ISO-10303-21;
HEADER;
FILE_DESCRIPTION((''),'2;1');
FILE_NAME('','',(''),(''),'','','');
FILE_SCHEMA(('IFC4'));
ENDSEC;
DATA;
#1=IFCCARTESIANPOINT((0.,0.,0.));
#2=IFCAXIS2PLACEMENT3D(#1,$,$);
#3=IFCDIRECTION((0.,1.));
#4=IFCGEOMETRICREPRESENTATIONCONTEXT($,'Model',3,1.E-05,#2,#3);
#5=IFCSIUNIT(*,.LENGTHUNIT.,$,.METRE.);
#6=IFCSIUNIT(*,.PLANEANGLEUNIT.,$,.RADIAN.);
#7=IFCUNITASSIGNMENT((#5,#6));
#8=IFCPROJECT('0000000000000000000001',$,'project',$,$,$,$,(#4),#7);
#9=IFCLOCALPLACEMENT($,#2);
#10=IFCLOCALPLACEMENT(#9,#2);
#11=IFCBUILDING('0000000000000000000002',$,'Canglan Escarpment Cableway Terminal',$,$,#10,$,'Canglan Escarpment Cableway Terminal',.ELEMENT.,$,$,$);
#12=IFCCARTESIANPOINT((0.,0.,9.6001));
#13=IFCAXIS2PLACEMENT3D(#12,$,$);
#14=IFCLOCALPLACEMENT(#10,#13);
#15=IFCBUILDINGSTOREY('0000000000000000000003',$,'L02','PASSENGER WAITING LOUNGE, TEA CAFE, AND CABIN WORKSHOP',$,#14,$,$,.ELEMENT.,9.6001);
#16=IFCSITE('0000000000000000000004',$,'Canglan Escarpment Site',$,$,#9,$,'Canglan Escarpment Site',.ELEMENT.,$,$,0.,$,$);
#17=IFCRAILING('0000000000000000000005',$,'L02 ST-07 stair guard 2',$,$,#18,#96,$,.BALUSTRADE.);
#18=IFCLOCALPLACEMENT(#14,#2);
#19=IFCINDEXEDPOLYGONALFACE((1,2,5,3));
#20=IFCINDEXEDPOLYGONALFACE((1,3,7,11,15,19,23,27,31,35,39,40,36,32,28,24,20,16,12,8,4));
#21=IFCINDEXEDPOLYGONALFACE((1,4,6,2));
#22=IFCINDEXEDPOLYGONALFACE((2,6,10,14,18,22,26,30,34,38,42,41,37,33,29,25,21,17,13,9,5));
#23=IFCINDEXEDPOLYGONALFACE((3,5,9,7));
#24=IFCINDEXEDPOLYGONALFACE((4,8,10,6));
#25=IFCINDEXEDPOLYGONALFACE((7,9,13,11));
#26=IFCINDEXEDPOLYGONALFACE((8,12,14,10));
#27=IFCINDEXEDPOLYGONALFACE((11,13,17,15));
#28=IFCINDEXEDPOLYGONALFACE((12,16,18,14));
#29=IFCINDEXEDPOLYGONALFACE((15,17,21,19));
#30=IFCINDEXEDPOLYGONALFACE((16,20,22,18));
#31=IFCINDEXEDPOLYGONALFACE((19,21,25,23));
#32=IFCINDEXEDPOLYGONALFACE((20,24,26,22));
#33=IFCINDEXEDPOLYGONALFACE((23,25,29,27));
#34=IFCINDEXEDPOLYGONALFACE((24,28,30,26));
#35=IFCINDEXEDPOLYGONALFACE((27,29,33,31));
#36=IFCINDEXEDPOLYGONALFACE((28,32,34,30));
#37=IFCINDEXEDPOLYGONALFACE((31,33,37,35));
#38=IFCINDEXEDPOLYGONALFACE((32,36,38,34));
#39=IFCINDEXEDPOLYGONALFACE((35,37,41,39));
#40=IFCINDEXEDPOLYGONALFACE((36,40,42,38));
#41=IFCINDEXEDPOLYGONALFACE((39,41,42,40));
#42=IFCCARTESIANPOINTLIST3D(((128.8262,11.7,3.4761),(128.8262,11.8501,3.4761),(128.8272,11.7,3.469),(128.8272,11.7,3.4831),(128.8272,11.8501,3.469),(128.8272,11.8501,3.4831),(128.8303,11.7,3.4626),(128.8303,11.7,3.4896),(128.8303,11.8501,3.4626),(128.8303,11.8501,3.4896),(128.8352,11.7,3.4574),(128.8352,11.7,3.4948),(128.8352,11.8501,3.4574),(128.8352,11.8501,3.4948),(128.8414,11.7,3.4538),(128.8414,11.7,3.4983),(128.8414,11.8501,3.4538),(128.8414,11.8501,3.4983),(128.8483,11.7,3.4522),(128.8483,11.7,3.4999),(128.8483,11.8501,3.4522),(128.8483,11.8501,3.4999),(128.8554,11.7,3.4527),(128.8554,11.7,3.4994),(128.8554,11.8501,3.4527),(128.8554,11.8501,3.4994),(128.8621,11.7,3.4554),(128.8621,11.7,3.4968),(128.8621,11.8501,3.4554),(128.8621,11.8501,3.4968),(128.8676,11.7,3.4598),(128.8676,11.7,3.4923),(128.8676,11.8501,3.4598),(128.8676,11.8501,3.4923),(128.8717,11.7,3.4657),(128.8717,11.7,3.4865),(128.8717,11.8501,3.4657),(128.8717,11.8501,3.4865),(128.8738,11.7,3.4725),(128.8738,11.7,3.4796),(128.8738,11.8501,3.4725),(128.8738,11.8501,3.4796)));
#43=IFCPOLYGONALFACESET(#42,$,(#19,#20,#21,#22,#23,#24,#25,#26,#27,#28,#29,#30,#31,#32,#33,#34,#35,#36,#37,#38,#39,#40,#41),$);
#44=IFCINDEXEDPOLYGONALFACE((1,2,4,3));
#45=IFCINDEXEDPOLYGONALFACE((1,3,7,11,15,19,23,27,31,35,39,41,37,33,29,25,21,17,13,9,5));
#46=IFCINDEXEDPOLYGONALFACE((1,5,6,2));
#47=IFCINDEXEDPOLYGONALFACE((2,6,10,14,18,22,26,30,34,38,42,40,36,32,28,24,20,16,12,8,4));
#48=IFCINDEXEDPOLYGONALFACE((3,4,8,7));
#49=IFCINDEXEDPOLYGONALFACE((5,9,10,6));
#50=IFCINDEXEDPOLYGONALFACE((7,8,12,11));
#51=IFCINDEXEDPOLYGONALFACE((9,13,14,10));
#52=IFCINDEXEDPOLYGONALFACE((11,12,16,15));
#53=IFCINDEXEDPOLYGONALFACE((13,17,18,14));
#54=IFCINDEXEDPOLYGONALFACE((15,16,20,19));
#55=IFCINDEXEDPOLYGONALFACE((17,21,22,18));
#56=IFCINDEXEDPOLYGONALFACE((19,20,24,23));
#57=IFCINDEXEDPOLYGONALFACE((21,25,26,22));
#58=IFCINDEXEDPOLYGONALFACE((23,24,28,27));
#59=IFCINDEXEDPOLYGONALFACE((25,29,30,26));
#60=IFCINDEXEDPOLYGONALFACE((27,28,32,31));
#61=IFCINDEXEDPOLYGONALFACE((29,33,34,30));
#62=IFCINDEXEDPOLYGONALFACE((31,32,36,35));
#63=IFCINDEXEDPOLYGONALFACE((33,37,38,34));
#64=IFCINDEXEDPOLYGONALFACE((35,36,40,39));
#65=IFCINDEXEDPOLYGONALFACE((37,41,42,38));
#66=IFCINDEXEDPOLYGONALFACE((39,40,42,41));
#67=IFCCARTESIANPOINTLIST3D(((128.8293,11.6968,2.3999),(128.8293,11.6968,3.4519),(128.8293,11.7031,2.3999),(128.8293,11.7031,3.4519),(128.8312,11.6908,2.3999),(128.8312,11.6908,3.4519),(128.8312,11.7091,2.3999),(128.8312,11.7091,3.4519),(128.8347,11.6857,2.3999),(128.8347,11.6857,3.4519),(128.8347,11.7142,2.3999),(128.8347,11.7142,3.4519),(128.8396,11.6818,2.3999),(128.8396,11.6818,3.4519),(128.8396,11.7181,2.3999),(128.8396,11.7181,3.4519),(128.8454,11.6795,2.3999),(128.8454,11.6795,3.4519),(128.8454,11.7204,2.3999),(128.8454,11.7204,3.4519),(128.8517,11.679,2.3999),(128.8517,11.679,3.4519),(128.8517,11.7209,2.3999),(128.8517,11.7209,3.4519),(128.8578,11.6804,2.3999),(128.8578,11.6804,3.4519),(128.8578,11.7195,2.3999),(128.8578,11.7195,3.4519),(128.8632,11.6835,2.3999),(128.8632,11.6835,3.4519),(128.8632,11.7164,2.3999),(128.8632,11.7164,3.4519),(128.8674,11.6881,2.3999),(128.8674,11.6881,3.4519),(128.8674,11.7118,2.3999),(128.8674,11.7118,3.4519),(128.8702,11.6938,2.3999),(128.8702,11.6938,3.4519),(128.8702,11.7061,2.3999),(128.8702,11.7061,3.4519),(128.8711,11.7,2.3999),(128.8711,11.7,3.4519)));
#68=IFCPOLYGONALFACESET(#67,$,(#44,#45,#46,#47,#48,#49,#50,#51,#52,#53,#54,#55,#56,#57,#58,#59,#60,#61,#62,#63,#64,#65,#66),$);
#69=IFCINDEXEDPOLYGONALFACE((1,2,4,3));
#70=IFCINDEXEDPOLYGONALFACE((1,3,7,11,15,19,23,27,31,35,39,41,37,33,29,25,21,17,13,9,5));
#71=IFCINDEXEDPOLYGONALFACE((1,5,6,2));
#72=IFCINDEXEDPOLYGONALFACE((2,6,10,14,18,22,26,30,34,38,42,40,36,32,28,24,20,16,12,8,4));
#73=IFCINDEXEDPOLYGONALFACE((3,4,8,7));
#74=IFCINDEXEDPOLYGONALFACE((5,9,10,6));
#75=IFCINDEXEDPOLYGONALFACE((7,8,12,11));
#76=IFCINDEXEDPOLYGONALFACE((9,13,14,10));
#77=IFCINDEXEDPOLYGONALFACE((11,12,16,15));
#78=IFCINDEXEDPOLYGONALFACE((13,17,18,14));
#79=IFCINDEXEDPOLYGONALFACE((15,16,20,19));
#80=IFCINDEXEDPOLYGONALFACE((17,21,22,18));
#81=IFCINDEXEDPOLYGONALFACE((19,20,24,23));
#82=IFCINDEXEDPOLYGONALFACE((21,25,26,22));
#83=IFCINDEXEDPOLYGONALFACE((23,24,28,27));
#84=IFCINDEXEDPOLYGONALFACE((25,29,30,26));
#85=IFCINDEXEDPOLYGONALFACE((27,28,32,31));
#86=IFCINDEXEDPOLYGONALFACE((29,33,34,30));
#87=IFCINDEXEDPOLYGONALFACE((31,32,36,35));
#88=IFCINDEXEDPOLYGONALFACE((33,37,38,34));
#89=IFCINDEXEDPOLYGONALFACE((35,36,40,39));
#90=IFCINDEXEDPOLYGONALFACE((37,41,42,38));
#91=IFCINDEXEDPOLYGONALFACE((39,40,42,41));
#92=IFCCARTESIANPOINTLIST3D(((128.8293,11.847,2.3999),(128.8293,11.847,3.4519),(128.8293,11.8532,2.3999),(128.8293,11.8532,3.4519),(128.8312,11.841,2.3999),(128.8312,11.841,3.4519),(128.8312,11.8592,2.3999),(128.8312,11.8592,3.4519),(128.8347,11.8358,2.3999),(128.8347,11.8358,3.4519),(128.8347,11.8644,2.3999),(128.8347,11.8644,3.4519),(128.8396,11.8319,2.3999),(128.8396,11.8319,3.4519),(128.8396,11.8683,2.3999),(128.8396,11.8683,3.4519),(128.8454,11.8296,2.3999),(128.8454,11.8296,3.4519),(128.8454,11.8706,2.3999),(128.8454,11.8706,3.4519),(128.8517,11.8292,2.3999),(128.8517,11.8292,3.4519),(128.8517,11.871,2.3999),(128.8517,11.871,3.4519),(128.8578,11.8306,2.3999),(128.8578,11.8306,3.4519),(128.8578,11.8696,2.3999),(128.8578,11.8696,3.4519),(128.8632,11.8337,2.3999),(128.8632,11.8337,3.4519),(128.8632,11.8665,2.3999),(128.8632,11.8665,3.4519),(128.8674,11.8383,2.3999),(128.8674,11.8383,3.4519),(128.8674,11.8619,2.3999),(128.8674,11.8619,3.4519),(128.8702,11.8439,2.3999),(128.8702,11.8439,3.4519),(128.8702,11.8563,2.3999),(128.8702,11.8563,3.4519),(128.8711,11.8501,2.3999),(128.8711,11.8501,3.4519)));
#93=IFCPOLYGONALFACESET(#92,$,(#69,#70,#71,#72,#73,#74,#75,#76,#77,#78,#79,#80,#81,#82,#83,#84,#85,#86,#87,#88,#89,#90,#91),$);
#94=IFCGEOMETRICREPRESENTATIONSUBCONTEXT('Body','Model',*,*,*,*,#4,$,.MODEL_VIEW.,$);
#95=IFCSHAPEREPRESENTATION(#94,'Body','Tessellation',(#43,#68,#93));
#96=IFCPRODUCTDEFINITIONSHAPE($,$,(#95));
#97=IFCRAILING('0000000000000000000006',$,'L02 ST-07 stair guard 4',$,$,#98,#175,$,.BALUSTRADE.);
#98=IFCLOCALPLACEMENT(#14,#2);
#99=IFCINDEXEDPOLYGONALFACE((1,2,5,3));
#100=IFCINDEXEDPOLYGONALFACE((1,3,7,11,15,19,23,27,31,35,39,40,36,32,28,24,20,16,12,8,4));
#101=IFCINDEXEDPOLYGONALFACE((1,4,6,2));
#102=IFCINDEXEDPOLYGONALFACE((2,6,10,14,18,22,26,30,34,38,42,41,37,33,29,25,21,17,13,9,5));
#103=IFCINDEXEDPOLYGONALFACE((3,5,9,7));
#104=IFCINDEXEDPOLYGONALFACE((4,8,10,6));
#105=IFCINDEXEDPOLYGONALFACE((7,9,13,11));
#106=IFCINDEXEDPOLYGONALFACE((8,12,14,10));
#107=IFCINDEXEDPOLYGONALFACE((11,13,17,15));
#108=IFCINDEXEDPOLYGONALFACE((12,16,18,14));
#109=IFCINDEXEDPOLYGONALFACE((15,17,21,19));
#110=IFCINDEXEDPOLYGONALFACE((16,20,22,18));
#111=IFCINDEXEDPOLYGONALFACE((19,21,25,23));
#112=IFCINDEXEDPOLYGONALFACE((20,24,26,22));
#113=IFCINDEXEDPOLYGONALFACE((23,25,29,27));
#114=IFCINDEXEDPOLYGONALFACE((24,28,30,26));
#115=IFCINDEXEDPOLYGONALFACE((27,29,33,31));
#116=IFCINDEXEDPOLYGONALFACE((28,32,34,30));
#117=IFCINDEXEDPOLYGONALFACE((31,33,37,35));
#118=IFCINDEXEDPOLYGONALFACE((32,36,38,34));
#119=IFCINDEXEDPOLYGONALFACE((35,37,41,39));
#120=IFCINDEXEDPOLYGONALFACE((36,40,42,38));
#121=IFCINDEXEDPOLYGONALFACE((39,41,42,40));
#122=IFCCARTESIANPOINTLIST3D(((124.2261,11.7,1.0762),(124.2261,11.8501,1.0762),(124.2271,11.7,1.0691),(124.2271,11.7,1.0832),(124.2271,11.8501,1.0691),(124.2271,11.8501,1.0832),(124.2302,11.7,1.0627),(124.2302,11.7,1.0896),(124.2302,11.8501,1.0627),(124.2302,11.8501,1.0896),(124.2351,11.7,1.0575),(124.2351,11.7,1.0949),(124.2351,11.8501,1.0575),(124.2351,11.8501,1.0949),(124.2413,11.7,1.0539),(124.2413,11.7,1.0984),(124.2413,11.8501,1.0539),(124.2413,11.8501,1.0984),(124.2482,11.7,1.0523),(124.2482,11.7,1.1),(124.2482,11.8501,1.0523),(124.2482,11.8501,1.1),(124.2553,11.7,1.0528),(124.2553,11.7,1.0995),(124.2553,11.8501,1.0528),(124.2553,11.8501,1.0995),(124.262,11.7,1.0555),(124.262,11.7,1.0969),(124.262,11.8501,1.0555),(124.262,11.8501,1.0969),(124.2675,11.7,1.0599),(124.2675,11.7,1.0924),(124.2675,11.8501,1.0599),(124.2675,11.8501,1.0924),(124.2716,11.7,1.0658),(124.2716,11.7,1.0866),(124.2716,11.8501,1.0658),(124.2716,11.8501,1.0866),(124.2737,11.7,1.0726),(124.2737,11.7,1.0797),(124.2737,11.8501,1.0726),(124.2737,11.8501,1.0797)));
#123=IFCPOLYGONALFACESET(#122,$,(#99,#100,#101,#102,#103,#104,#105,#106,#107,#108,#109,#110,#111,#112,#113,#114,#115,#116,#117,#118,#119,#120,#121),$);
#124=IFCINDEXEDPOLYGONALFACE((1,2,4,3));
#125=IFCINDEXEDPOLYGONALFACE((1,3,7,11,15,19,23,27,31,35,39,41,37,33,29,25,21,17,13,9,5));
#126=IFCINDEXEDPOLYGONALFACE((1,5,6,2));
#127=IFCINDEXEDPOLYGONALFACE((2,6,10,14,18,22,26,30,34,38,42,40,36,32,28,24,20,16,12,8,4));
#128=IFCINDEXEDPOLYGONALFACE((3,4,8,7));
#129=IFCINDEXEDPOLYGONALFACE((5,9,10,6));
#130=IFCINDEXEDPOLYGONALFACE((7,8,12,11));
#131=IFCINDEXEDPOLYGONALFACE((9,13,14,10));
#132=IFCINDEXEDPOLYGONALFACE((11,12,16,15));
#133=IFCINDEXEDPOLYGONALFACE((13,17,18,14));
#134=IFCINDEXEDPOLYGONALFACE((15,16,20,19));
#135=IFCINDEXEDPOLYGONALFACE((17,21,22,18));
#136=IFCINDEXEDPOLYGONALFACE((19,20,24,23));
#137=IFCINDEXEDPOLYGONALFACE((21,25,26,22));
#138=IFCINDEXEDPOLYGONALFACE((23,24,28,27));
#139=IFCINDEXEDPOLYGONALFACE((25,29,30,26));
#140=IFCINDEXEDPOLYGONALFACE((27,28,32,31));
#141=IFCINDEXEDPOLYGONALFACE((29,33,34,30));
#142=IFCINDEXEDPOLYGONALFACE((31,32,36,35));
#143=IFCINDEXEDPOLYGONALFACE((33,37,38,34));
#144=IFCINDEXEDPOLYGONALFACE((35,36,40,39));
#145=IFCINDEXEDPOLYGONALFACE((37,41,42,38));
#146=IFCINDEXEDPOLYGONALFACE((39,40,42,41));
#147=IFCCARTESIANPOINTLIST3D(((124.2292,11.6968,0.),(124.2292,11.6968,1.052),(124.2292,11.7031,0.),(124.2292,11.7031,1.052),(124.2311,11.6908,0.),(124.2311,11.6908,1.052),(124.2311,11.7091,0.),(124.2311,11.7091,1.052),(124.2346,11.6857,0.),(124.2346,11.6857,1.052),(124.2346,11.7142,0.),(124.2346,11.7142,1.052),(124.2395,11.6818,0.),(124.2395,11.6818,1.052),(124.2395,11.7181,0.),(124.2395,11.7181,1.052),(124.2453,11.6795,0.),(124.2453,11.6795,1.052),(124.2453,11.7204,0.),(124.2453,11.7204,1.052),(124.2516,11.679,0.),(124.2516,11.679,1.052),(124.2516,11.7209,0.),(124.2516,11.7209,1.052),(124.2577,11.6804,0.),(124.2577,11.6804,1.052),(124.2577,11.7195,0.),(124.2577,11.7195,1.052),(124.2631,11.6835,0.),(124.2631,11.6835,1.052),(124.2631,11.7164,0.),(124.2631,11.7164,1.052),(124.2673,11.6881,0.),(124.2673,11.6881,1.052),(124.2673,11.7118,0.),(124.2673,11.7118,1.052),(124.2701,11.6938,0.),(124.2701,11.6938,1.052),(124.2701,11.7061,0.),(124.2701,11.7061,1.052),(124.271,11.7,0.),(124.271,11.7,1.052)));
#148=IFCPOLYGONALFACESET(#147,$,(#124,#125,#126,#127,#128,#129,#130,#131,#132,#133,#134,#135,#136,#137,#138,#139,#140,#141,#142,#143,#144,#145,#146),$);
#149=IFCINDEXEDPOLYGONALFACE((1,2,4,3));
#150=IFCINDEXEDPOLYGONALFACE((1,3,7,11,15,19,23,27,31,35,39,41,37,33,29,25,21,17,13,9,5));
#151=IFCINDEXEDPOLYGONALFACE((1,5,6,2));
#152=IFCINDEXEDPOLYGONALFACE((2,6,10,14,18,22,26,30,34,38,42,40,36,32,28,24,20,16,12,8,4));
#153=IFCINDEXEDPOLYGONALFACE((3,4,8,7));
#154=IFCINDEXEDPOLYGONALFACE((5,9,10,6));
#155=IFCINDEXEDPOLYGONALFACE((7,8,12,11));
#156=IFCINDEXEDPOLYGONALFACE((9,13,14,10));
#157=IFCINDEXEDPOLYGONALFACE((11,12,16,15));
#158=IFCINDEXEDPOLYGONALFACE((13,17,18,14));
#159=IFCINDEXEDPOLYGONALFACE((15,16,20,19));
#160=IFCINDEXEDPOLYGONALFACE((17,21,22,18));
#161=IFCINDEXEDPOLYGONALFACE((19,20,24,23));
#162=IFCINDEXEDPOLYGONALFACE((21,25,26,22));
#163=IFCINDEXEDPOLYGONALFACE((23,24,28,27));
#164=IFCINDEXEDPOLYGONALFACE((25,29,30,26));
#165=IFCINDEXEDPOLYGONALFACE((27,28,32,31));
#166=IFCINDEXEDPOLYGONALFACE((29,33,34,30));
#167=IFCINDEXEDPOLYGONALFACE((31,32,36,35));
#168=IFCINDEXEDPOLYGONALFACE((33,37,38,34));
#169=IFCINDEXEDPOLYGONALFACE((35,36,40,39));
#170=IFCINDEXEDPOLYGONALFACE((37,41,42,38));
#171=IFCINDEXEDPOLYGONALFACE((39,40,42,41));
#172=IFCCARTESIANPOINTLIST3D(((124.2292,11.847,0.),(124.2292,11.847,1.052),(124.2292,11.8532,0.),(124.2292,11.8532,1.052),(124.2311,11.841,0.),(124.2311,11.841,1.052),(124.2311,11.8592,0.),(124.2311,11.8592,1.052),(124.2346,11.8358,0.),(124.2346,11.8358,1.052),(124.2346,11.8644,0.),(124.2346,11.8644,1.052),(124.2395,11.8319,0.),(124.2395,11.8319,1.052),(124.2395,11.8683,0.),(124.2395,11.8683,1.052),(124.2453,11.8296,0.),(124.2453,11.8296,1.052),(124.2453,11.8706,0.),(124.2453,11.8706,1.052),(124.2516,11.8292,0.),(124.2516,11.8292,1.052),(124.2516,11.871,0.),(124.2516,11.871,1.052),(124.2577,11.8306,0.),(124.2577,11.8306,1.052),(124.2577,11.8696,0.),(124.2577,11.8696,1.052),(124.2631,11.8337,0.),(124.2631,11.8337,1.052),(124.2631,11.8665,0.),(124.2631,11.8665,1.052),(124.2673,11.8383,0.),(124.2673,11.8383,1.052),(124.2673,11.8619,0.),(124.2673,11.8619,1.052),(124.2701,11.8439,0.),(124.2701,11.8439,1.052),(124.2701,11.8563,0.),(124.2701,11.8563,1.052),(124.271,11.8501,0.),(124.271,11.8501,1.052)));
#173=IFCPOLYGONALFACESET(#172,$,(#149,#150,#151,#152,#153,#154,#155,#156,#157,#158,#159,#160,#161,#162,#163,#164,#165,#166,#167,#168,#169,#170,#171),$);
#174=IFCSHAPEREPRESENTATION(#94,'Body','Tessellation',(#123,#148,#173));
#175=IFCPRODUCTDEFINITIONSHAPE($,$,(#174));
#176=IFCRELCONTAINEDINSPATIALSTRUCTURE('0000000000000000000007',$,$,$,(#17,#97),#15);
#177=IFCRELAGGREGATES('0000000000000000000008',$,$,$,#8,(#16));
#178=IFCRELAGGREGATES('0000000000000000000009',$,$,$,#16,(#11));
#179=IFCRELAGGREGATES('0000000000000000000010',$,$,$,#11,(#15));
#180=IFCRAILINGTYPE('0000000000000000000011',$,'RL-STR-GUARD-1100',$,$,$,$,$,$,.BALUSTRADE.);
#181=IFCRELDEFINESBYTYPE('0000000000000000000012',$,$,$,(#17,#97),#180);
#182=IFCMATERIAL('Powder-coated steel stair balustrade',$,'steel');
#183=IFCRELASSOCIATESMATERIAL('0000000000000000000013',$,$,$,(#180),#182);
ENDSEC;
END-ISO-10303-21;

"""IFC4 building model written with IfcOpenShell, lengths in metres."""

from ifc_helpers import new_model, si_unit, direction, frame, origin, origin_2d, place, context, subcontext, project, spatial, circle, extrude, material, type_object, element, save


model = new_model("IFC4")

# Units and contexts
model_context = context("Model", 3, precision=1e-05, world=origin(), true_north=direction((0.0, 1.0)))
body_context = subcontext(model_context, "Body", "Model", "MODEL_VIEW")
ifc_project = project(units=[si_unit("LENGTHUNIT", "METRE"), si_unit("PLANEANGLEUNIT", "RADIAN")], contexts=[model_context])

# Site, building, storey
site_placement = place(None, origin())
site = spatial("IfcSite", under=ifc_project, at=site_placement, Name="Canglan Escarpment Site", LongName="Canglan Escarpment Site", CompositionType="ELEMENT", RefElevation=0.0)
building_placement = place(site_placement, origin())
building = spatial("IfcBuilding", under=site, at=building_placement, Name="Canglan Escarpment Cableway Terminal", LongName="Canglan Escarpment Cableway Terminal", CompositionType="ELEMENT")
storey_placement = place(building_placement, frame((0.0, 0.0, 9.6001)))
storey = spatial("IfcBuildingStorey", under=building, at=storey_placement, Name="L02", Description="PASSENGER WAITING LOUNGE, TEA CAFE, AND CABIN WORKSHOP", CompositionType="ELEMENT", Elevation=9.6001)

# Railings
ifc_material_1 = material(Name="Powder-coated steel stair balustrade", Category="steel")
railing_type_1 = type_object("IfcRailingType", Name="RL-STR-GUARD-1100", PredefinedType="BALUSTRADE", material=ifc_material_1)
for number, where, name in (
    (1, (128.8501, 11.7, 2.3999), "L02 ST-07 stair guard 2"),
    (2, (124.25, 11.7, 0.0), "L02 ST-07 stair guard 4"),
):
    element("IfcRailing", number, at=place(storey_placement, frame(where)), inside=storey, type_object=railing_type_1, Name=name, PredefinedType="BALUSTRADE", context=body_context, shape_type="SweptSolid", body=[
        extrude(circle(Radius=0.0239, at=origin_2d()), frame((0.0, 0.0, 1.0762), z_axis=(0.0, 1.0, 0.0), x_axis=(-1.0, 0.0, 0.0)), (0.0, 0.0, 1.0), 0.1501),
        extrude(circle(Radius=0.021, at=origin_2d()), origin(), (0.0, 0.0, 1.0), 1.052),
        extrude(circle(Radius=0.021, at=origin_2d()), frame((0.0, 0.1501, 0.0)), (0.0, 0.0, 1.0), 1.052),
    ])

save(model, "model.ifc")
